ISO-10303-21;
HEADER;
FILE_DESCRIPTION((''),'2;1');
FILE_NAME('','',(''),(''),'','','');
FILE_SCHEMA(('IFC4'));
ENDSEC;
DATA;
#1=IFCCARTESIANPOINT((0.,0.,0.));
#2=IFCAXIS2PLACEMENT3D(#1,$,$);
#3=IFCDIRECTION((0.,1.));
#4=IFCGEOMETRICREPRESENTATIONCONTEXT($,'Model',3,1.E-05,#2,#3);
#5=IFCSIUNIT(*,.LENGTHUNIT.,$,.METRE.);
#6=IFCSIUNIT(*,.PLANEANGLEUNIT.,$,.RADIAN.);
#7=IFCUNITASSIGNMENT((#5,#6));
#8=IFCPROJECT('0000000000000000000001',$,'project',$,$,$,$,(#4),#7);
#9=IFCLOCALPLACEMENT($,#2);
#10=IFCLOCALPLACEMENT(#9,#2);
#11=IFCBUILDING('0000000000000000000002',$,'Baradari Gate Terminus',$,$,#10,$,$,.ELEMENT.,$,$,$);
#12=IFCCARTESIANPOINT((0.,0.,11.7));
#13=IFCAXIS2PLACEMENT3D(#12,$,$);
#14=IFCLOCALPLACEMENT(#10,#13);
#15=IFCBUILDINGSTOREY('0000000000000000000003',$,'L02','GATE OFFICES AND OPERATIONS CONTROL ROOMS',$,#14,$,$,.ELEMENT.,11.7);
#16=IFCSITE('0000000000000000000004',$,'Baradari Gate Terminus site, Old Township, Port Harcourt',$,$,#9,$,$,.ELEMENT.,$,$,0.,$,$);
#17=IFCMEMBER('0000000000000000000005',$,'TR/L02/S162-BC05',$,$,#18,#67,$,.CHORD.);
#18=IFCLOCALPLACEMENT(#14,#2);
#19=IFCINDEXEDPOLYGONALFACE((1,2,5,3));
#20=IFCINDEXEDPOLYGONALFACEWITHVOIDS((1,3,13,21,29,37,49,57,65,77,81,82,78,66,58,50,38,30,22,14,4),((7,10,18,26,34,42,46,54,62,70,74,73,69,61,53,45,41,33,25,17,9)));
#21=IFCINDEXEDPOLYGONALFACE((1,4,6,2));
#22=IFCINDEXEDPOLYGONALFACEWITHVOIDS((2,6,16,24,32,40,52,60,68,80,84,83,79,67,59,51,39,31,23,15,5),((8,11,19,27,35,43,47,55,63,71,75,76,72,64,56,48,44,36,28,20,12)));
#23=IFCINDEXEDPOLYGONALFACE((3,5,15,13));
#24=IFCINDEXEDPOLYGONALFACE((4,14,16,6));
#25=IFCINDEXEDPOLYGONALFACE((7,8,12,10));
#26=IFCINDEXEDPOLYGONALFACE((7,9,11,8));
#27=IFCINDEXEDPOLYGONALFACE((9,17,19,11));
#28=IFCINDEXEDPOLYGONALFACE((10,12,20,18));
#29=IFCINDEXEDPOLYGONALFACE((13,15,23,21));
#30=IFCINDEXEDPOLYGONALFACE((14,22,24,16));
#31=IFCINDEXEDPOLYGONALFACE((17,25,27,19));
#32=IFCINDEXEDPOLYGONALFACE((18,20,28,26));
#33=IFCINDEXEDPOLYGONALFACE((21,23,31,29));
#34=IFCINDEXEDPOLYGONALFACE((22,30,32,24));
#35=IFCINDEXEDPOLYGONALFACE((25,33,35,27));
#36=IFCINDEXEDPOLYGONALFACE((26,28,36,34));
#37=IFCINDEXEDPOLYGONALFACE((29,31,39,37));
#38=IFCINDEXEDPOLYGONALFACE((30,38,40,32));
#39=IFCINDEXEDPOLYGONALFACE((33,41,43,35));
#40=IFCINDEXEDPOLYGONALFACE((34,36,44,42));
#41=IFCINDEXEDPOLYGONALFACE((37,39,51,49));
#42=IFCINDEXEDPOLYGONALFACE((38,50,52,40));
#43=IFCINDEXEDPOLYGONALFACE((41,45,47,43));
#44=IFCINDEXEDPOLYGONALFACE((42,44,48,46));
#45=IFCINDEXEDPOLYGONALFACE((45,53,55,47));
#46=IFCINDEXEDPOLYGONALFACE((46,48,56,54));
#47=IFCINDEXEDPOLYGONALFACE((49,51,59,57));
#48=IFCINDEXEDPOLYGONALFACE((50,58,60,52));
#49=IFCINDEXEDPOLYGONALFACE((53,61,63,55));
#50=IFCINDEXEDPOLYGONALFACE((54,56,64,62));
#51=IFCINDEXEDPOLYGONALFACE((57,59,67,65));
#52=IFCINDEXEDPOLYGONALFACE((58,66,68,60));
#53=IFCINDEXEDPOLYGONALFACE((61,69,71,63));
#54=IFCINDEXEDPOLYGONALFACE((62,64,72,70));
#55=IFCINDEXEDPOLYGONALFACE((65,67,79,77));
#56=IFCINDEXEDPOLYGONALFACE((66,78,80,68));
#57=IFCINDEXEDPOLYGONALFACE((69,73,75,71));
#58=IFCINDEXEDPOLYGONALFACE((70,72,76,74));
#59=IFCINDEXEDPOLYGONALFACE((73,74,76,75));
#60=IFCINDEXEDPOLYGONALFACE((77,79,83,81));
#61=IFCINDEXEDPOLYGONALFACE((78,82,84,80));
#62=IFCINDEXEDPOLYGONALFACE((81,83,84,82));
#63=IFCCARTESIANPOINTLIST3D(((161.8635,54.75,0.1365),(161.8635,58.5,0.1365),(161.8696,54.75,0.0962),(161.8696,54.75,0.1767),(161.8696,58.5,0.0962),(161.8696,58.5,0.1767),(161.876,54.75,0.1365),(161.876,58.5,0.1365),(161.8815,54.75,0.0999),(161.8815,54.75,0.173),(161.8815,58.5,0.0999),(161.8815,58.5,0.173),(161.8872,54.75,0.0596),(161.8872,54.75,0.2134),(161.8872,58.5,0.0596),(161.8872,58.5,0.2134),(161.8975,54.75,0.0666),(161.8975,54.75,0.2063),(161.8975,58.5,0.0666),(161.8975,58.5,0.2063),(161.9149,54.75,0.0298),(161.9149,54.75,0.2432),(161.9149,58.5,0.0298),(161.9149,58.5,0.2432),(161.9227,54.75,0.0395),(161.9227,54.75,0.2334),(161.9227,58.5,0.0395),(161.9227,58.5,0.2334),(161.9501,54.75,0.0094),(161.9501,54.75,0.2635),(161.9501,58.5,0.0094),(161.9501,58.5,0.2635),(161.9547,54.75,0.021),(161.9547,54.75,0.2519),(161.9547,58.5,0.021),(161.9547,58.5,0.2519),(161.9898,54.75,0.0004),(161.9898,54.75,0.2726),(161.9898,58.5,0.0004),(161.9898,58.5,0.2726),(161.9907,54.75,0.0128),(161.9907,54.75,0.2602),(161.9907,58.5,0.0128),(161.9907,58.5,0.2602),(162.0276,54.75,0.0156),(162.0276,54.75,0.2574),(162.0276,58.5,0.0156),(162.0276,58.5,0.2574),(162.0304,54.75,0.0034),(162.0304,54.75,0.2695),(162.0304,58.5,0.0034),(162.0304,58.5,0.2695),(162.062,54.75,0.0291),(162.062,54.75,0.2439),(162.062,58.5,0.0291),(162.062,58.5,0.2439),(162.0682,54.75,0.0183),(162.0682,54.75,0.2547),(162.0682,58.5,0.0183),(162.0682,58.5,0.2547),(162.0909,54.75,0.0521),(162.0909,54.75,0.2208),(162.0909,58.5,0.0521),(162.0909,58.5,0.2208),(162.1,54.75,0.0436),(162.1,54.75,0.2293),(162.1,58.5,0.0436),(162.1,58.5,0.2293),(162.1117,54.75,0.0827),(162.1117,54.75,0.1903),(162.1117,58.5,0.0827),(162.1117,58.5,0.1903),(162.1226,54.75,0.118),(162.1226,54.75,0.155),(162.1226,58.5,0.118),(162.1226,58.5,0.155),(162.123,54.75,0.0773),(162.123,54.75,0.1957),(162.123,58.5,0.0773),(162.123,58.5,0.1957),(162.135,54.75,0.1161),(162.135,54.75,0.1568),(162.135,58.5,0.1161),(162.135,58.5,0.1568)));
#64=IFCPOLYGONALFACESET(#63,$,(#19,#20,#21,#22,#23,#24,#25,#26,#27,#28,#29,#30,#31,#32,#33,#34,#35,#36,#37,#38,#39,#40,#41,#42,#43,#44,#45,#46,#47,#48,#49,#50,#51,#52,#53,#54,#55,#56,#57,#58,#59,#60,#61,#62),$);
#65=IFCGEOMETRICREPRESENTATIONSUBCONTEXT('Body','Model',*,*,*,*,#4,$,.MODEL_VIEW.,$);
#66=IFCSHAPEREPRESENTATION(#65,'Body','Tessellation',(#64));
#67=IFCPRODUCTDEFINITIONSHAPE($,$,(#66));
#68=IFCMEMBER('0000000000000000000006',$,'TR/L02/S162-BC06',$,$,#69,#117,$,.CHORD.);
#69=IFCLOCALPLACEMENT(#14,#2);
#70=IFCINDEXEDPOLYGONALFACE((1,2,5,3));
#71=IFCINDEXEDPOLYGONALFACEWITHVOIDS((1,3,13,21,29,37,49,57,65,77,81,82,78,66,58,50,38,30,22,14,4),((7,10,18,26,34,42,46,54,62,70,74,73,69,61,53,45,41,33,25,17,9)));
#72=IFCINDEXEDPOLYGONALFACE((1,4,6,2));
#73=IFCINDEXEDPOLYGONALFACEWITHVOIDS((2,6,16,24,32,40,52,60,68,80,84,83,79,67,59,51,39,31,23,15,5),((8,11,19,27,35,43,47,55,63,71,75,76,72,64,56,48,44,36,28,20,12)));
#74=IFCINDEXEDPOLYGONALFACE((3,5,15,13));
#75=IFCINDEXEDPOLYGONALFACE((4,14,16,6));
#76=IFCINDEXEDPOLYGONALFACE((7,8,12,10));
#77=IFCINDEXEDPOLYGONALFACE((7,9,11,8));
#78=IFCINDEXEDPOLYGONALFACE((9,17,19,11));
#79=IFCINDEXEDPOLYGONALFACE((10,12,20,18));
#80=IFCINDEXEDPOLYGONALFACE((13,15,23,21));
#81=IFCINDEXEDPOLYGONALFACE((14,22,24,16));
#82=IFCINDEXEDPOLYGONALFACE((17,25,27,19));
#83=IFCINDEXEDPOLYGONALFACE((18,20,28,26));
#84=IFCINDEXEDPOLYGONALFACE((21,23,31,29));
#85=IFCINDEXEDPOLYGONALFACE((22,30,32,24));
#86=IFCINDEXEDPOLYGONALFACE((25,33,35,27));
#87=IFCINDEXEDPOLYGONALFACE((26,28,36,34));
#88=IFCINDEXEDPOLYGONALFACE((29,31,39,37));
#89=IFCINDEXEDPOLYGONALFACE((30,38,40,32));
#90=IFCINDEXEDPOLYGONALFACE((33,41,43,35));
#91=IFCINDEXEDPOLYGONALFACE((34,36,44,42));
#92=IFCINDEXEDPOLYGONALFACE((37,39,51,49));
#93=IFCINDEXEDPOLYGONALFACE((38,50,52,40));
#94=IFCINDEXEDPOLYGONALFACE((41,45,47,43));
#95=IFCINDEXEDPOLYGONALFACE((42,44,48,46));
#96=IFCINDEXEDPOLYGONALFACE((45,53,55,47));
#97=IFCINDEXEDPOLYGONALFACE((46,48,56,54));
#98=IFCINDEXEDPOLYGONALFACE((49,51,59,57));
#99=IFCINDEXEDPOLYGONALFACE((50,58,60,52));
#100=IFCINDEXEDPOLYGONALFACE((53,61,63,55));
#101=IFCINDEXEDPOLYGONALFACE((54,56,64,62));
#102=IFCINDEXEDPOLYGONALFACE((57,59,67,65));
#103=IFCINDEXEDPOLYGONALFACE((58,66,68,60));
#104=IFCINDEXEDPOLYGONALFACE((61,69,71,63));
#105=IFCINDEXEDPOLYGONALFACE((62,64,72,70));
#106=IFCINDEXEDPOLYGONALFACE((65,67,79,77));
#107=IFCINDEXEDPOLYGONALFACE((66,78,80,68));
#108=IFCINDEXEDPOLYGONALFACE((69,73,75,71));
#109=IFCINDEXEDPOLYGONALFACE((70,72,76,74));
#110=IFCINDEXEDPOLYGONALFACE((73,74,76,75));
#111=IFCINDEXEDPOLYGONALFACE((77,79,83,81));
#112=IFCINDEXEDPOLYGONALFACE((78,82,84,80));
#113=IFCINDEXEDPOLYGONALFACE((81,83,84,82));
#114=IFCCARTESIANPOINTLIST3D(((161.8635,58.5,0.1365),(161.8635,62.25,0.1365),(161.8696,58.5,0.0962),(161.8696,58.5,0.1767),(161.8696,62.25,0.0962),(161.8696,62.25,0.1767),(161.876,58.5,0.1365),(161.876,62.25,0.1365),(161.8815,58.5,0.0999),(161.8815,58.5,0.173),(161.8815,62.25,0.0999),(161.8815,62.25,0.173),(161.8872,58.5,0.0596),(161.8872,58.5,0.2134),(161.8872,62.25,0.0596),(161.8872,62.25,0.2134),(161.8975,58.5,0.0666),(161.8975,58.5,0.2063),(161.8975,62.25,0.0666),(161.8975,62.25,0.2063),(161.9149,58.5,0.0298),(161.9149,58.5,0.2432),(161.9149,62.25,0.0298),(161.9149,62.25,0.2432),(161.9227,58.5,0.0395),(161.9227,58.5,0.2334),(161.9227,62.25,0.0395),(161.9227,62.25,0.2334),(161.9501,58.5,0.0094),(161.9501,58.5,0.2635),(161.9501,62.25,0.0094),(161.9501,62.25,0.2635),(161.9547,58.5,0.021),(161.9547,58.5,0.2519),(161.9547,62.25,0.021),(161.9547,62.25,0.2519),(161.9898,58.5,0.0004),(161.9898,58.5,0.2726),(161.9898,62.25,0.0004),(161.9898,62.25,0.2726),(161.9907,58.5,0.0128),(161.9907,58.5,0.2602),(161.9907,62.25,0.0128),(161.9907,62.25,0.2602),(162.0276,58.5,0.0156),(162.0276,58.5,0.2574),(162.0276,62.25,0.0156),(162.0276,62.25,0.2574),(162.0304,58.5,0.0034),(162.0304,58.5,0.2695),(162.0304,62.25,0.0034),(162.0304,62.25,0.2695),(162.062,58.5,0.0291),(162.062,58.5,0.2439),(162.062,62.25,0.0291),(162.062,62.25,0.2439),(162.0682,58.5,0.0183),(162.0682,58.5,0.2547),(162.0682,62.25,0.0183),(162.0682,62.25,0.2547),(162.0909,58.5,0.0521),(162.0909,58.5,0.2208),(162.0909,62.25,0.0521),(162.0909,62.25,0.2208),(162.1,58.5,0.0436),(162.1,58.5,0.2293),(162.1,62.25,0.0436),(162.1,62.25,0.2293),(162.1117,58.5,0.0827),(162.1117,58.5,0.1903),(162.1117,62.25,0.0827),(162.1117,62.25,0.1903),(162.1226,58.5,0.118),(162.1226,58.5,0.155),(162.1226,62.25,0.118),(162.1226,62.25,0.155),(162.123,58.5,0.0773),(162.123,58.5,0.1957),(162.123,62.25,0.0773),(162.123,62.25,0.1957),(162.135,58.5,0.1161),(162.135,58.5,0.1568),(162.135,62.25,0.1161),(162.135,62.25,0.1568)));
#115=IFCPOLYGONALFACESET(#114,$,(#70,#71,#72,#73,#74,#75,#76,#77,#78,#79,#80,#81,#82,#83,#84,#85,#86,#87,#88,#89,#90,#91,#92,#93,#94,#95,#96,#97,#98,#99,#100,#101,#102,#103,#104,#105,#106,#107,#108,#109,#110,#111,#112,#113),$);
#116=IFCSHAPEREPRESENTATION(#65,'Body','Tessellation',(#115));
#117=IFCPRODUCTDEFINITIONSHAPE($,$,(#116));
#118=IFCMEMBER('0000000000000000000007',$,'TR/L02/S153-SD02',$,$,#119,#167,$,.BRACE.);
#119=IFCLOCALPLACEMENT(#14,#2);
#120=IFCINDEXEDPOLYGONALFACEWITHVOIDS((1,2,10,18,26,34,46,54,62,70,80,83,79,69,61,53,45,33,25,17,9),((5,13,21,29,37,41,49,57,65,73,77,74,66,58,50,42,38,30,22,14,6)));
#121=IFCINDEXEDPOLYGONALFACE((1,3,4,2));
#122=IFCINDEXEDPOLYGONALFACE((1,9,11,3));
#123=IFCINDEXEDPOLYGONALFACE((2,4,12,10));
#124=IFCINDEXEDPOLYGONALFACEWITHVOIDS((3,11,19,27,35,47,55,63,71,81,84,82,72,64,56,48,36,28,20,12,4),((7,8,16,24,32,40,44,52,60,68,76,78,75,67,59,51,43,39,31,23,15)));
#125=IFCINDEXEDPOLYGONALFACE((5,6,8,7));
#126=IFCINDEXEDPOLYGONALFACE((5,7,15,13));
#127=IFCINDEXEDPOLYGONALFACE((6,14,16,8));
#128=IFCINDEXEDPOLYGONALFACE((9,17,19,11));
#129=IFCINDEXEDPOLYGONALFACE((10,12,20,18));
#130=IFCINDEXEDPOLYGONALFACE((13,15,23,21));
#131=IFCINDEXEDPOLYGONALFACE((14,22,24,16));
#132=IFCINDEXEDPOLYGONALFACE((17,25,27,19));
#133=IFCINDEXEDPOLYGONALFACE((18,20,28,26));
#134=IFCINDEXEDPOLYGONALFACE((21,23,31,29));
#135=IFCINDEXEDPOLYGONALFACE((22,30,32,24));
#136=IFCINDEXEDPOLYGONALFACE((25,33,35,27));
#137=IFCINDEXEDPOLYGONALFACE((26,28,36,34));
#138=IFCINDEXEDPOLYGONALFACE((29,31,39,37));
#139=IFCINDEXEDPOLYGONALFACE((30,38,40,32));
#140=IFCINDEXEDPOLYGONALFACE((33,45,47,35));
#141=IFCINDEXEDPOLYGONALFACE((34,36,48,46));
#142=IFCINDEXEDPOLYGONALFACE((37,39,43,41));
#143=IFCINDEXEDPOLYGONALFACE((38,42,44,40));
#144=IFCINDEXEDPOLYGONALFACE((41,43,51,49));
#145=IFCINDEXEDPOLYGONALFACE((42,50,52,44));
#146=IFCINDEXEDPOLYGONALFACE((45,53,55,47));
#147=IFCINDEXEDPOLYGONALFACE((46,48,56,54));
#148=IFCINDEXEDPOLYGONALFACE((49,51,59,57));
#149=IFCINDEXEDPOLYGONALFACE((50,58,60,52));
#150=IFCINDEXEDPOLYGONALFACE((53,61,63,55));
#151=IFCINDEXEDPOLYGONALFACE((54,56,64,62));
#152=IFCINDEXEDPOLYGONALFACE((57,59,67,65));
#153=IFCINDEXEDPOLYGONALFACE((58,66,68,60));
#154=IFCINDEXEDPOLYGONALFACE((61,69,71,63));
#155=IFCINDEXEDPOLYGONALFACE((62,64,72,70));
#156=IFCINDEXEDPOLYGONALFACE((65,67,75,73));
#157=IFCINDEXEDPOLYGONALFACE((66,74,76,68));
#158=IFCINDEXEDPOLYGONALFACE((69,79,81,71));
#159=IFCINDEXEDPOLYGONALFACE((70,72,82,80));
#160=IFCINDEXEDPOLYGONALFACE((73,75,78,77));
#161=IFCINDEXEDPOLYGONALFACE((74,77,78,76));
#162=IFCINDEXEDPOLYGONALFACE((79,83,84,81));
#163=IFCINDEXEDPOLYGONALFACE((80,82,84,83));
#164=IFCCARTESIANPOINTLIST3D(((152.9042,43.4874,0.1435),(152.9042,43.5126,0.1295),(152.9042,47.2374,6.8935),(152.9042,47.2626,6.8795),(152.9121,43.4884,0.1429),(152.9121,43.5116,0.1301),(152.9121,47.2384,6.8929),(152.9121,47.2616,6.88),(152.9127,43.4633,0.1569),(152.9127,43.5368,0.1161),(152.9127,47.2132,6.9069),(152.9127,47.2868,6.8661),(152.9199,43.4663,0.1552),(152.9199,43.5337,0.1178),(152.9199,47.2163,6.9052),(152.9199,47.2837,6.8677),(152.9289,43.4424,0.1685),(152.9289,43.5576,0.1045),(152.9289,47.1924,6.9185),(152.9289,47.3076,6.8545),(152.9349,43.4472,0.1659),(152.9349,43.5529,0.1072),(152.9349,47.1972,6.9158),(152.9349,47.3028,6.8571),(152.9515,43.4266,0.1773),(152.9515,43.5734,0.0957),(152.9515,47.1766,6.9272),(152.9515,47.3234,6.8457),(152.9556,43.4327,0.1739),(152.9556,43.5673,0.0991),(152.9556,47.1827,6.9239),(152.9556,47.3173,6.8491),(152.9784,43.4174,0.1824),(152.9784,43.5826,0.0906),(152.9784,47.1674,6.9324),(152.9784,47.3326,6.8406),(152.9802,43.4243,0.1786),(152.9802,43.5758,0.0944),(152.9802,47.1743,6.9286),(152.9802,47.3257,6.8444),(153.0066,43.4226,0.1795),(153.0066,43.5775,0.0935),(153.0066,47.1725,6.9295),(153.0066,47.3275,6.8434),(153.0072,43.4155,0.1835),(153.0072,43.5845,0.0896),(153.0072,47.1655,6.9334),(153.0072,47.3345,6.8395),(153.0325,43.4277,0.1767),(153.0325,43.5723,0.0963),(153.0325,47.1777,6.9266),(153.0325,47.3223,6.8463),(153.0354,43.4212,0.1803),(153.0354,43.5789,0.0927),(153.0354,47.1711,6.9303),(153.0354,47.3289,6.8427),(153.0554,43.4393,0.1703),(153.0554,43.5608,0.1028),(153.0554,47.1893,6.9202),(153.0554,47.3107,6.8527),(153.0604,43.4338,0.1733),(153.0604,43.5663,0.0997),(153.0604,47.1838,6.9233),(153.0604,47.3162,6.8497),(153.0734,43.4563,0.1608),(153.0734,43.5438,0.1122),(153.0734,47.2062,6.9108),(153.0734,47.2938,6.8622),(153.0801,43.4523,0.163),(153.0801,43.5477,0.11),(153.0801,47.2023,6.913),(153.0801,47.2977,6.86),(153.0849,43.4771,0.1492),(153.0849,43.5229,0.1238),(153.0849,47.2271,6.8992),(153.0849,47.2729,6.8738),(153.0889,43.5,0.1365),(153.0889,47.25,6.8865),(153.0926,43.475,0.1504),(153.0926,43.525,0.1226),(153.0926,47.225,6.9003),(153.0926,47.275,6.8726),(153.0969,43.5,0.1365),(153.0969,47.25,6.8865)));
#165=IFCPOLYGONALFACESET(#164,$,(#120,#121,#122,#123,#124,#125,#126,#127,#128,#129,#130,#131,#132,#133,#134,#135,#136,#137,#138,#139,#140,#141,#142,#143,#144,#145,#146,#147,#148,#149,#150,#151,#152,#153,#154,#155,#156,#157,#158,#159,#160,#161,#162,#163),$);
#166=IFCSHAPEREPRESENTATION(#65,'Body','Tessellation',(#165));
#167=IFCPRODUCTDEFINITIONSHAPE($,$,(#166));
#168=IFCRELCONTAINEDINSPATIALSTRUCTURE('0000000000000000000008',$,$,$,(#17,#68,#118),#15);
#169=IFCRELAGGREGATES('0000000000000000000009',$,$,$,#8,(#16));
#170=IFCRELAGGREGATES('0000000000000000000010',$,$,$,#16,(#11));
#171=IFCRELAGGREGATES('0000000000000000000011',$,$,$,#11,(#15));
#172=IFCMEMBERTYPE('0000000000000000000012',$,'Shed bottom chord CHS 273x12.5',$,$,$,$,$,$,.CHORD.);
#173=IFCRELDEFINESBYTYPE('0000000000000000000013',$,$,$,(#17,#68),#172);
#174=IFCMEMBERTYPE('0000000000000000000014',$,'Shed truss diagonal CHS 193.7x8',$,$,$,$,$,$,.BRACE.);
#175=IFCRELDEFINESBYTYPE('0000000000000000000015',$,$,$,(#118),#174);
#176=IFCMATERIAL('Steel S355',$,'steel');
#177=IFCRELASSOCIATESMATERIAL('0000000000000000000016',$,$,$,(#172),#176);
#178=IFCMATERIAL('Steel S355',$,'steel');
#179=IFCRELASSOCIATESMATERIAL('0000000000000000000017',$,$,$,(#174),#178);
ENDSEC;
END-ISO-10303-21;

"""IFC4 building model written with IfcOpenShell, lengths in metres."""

from ifc_helpers import new_model, si_unit, direction, frame, origin, origin_2d, place, context, subcontext, project, spatial, hollow_circle, extrude, material, material_profile, profile_set, type_object, element, save


model = new_model("IFC4")

# Units and contexts
model_context = context("Model", 3, precision=1e-05, world=origin(), true_north=direction((0.0, 1.0)))
body_context = subcontext(model_context, "Body", "Model", "MODEL_VIEW")
ifc_project = project(units=[si_unit("LENGTHUNIT", "METRE"), si_unit("PLANEANGLEUNIT", "RADIAN")], contexts=[model_context])

# Site, building, storey
site_placement = place(None, origin())
site = spatial("IfcSite", under=ifc_project, at=site_placement, Name="Baradari Gate Terminus site, Old Township, Port Harcourt", CompositionType="ELEMENT", RefElevation=0.0)
building_placement = place(site_placement, origin())
building = spatial("IfcBuilding", under=site, at=building_placement, Name="Baradari Gate Terminus", CompositionType="ELEMENT")
storey_placement = place(building_placement, frame((0.0, 0.0, 11.7)))
storey = spatial("IfcBuildingStorey", under=building, at=storey_placement, Name="L02", Description="GATE OFFICES AND OPERATIONS CONTROL ROOMS", CompositionType="ELEMENT", Elevation=11.7)

# Members
ifc_material_1 = material(Name="Steel S355", Category="steel")
ifc_material_profile_1 = material_profile(ifc_material_1, hollow_circle(Radius=0.1365, WallThickness=0.0125, at=origin_2d()), Name="CHS 273x12.5")
ifc_profile_set_1 = profile_set([ifc_material_profile_1], Name="Steel S355")
member_type_1 = type_object("IfcMemberType", Name="Shed bottom chord CHS 273x12.5", PredefinedType="CHORD", material=ifc_profile_set_1)
for number, where, z_axis, x_axis, name in (
    (1, (162.0, 54.75, 0.1365), (0.0, 1.0, 0.0), (-1.0, 0.0, 0.0), "TR/L02/S162-BC05"),
    (2, (162.0, 58.5, 0.1365), (0.0, 1.0, 0.0), (-1.0, 0.0, 0.0), "TR/L02/S162-BC06"),
):
    element("IfcMember", number, at=place(storey_placement, frame(where, z_axis=z_axis, x_axis=x_axis)), inside=storey, type_object=member_type_1, Name=name, PredefinedType="CHORD", context=body_context, shape_type="SweptSolid", body=[
        extrude(hollow_circle(Radius=0.1365, WallThickness=0.0125, at=origin_2d()), origin(), (0.0, 0.0, 1.0), 3.75),
    ])
ifc_material_2 = material(Name="Steel S355", Category="steel")
ifc_material_profile_2 = material_profile(ifc_material_2, hollow_circle(Radius=0.0969, WallThickness=0.0081, at=origin_2d()), Name="CHS 193.7x8")
ifc_profile_set_2 = profile_set([ifc_material_profile_2], Name="Steel S355")
member_type_2 = type_object("IfcMemberType", Name="Shed truss diagonal CHS 193.7x8", PredefinedType="BRACE", material=ifc_profile_set_2)
for number, where, z_axis, x_axis, name in (
    (3, (153.0, 47.25, 6.8865), (0.0, -0.485643, -0.874157), (1.0, 0.0, 0.0), "TR/L02/S153-SD02"),
):
    element("IfcMember", number, at=place(storey_placement, frame(where, z_axis=z_axis, x_axis=x_axis)), inside=storey, type_object=member_type_2, Name=name, PredefinedType="BRACE", context=body_context, shape_type="SweptSolid", body=[
        extrude(hollow_circle(Radius=0.0969, WallThickness=0.0081, at=origin_2d()), origin(), (0.0, 0.0, 1.0), 7.7217),
    ])

save(model, "model.ifc")
